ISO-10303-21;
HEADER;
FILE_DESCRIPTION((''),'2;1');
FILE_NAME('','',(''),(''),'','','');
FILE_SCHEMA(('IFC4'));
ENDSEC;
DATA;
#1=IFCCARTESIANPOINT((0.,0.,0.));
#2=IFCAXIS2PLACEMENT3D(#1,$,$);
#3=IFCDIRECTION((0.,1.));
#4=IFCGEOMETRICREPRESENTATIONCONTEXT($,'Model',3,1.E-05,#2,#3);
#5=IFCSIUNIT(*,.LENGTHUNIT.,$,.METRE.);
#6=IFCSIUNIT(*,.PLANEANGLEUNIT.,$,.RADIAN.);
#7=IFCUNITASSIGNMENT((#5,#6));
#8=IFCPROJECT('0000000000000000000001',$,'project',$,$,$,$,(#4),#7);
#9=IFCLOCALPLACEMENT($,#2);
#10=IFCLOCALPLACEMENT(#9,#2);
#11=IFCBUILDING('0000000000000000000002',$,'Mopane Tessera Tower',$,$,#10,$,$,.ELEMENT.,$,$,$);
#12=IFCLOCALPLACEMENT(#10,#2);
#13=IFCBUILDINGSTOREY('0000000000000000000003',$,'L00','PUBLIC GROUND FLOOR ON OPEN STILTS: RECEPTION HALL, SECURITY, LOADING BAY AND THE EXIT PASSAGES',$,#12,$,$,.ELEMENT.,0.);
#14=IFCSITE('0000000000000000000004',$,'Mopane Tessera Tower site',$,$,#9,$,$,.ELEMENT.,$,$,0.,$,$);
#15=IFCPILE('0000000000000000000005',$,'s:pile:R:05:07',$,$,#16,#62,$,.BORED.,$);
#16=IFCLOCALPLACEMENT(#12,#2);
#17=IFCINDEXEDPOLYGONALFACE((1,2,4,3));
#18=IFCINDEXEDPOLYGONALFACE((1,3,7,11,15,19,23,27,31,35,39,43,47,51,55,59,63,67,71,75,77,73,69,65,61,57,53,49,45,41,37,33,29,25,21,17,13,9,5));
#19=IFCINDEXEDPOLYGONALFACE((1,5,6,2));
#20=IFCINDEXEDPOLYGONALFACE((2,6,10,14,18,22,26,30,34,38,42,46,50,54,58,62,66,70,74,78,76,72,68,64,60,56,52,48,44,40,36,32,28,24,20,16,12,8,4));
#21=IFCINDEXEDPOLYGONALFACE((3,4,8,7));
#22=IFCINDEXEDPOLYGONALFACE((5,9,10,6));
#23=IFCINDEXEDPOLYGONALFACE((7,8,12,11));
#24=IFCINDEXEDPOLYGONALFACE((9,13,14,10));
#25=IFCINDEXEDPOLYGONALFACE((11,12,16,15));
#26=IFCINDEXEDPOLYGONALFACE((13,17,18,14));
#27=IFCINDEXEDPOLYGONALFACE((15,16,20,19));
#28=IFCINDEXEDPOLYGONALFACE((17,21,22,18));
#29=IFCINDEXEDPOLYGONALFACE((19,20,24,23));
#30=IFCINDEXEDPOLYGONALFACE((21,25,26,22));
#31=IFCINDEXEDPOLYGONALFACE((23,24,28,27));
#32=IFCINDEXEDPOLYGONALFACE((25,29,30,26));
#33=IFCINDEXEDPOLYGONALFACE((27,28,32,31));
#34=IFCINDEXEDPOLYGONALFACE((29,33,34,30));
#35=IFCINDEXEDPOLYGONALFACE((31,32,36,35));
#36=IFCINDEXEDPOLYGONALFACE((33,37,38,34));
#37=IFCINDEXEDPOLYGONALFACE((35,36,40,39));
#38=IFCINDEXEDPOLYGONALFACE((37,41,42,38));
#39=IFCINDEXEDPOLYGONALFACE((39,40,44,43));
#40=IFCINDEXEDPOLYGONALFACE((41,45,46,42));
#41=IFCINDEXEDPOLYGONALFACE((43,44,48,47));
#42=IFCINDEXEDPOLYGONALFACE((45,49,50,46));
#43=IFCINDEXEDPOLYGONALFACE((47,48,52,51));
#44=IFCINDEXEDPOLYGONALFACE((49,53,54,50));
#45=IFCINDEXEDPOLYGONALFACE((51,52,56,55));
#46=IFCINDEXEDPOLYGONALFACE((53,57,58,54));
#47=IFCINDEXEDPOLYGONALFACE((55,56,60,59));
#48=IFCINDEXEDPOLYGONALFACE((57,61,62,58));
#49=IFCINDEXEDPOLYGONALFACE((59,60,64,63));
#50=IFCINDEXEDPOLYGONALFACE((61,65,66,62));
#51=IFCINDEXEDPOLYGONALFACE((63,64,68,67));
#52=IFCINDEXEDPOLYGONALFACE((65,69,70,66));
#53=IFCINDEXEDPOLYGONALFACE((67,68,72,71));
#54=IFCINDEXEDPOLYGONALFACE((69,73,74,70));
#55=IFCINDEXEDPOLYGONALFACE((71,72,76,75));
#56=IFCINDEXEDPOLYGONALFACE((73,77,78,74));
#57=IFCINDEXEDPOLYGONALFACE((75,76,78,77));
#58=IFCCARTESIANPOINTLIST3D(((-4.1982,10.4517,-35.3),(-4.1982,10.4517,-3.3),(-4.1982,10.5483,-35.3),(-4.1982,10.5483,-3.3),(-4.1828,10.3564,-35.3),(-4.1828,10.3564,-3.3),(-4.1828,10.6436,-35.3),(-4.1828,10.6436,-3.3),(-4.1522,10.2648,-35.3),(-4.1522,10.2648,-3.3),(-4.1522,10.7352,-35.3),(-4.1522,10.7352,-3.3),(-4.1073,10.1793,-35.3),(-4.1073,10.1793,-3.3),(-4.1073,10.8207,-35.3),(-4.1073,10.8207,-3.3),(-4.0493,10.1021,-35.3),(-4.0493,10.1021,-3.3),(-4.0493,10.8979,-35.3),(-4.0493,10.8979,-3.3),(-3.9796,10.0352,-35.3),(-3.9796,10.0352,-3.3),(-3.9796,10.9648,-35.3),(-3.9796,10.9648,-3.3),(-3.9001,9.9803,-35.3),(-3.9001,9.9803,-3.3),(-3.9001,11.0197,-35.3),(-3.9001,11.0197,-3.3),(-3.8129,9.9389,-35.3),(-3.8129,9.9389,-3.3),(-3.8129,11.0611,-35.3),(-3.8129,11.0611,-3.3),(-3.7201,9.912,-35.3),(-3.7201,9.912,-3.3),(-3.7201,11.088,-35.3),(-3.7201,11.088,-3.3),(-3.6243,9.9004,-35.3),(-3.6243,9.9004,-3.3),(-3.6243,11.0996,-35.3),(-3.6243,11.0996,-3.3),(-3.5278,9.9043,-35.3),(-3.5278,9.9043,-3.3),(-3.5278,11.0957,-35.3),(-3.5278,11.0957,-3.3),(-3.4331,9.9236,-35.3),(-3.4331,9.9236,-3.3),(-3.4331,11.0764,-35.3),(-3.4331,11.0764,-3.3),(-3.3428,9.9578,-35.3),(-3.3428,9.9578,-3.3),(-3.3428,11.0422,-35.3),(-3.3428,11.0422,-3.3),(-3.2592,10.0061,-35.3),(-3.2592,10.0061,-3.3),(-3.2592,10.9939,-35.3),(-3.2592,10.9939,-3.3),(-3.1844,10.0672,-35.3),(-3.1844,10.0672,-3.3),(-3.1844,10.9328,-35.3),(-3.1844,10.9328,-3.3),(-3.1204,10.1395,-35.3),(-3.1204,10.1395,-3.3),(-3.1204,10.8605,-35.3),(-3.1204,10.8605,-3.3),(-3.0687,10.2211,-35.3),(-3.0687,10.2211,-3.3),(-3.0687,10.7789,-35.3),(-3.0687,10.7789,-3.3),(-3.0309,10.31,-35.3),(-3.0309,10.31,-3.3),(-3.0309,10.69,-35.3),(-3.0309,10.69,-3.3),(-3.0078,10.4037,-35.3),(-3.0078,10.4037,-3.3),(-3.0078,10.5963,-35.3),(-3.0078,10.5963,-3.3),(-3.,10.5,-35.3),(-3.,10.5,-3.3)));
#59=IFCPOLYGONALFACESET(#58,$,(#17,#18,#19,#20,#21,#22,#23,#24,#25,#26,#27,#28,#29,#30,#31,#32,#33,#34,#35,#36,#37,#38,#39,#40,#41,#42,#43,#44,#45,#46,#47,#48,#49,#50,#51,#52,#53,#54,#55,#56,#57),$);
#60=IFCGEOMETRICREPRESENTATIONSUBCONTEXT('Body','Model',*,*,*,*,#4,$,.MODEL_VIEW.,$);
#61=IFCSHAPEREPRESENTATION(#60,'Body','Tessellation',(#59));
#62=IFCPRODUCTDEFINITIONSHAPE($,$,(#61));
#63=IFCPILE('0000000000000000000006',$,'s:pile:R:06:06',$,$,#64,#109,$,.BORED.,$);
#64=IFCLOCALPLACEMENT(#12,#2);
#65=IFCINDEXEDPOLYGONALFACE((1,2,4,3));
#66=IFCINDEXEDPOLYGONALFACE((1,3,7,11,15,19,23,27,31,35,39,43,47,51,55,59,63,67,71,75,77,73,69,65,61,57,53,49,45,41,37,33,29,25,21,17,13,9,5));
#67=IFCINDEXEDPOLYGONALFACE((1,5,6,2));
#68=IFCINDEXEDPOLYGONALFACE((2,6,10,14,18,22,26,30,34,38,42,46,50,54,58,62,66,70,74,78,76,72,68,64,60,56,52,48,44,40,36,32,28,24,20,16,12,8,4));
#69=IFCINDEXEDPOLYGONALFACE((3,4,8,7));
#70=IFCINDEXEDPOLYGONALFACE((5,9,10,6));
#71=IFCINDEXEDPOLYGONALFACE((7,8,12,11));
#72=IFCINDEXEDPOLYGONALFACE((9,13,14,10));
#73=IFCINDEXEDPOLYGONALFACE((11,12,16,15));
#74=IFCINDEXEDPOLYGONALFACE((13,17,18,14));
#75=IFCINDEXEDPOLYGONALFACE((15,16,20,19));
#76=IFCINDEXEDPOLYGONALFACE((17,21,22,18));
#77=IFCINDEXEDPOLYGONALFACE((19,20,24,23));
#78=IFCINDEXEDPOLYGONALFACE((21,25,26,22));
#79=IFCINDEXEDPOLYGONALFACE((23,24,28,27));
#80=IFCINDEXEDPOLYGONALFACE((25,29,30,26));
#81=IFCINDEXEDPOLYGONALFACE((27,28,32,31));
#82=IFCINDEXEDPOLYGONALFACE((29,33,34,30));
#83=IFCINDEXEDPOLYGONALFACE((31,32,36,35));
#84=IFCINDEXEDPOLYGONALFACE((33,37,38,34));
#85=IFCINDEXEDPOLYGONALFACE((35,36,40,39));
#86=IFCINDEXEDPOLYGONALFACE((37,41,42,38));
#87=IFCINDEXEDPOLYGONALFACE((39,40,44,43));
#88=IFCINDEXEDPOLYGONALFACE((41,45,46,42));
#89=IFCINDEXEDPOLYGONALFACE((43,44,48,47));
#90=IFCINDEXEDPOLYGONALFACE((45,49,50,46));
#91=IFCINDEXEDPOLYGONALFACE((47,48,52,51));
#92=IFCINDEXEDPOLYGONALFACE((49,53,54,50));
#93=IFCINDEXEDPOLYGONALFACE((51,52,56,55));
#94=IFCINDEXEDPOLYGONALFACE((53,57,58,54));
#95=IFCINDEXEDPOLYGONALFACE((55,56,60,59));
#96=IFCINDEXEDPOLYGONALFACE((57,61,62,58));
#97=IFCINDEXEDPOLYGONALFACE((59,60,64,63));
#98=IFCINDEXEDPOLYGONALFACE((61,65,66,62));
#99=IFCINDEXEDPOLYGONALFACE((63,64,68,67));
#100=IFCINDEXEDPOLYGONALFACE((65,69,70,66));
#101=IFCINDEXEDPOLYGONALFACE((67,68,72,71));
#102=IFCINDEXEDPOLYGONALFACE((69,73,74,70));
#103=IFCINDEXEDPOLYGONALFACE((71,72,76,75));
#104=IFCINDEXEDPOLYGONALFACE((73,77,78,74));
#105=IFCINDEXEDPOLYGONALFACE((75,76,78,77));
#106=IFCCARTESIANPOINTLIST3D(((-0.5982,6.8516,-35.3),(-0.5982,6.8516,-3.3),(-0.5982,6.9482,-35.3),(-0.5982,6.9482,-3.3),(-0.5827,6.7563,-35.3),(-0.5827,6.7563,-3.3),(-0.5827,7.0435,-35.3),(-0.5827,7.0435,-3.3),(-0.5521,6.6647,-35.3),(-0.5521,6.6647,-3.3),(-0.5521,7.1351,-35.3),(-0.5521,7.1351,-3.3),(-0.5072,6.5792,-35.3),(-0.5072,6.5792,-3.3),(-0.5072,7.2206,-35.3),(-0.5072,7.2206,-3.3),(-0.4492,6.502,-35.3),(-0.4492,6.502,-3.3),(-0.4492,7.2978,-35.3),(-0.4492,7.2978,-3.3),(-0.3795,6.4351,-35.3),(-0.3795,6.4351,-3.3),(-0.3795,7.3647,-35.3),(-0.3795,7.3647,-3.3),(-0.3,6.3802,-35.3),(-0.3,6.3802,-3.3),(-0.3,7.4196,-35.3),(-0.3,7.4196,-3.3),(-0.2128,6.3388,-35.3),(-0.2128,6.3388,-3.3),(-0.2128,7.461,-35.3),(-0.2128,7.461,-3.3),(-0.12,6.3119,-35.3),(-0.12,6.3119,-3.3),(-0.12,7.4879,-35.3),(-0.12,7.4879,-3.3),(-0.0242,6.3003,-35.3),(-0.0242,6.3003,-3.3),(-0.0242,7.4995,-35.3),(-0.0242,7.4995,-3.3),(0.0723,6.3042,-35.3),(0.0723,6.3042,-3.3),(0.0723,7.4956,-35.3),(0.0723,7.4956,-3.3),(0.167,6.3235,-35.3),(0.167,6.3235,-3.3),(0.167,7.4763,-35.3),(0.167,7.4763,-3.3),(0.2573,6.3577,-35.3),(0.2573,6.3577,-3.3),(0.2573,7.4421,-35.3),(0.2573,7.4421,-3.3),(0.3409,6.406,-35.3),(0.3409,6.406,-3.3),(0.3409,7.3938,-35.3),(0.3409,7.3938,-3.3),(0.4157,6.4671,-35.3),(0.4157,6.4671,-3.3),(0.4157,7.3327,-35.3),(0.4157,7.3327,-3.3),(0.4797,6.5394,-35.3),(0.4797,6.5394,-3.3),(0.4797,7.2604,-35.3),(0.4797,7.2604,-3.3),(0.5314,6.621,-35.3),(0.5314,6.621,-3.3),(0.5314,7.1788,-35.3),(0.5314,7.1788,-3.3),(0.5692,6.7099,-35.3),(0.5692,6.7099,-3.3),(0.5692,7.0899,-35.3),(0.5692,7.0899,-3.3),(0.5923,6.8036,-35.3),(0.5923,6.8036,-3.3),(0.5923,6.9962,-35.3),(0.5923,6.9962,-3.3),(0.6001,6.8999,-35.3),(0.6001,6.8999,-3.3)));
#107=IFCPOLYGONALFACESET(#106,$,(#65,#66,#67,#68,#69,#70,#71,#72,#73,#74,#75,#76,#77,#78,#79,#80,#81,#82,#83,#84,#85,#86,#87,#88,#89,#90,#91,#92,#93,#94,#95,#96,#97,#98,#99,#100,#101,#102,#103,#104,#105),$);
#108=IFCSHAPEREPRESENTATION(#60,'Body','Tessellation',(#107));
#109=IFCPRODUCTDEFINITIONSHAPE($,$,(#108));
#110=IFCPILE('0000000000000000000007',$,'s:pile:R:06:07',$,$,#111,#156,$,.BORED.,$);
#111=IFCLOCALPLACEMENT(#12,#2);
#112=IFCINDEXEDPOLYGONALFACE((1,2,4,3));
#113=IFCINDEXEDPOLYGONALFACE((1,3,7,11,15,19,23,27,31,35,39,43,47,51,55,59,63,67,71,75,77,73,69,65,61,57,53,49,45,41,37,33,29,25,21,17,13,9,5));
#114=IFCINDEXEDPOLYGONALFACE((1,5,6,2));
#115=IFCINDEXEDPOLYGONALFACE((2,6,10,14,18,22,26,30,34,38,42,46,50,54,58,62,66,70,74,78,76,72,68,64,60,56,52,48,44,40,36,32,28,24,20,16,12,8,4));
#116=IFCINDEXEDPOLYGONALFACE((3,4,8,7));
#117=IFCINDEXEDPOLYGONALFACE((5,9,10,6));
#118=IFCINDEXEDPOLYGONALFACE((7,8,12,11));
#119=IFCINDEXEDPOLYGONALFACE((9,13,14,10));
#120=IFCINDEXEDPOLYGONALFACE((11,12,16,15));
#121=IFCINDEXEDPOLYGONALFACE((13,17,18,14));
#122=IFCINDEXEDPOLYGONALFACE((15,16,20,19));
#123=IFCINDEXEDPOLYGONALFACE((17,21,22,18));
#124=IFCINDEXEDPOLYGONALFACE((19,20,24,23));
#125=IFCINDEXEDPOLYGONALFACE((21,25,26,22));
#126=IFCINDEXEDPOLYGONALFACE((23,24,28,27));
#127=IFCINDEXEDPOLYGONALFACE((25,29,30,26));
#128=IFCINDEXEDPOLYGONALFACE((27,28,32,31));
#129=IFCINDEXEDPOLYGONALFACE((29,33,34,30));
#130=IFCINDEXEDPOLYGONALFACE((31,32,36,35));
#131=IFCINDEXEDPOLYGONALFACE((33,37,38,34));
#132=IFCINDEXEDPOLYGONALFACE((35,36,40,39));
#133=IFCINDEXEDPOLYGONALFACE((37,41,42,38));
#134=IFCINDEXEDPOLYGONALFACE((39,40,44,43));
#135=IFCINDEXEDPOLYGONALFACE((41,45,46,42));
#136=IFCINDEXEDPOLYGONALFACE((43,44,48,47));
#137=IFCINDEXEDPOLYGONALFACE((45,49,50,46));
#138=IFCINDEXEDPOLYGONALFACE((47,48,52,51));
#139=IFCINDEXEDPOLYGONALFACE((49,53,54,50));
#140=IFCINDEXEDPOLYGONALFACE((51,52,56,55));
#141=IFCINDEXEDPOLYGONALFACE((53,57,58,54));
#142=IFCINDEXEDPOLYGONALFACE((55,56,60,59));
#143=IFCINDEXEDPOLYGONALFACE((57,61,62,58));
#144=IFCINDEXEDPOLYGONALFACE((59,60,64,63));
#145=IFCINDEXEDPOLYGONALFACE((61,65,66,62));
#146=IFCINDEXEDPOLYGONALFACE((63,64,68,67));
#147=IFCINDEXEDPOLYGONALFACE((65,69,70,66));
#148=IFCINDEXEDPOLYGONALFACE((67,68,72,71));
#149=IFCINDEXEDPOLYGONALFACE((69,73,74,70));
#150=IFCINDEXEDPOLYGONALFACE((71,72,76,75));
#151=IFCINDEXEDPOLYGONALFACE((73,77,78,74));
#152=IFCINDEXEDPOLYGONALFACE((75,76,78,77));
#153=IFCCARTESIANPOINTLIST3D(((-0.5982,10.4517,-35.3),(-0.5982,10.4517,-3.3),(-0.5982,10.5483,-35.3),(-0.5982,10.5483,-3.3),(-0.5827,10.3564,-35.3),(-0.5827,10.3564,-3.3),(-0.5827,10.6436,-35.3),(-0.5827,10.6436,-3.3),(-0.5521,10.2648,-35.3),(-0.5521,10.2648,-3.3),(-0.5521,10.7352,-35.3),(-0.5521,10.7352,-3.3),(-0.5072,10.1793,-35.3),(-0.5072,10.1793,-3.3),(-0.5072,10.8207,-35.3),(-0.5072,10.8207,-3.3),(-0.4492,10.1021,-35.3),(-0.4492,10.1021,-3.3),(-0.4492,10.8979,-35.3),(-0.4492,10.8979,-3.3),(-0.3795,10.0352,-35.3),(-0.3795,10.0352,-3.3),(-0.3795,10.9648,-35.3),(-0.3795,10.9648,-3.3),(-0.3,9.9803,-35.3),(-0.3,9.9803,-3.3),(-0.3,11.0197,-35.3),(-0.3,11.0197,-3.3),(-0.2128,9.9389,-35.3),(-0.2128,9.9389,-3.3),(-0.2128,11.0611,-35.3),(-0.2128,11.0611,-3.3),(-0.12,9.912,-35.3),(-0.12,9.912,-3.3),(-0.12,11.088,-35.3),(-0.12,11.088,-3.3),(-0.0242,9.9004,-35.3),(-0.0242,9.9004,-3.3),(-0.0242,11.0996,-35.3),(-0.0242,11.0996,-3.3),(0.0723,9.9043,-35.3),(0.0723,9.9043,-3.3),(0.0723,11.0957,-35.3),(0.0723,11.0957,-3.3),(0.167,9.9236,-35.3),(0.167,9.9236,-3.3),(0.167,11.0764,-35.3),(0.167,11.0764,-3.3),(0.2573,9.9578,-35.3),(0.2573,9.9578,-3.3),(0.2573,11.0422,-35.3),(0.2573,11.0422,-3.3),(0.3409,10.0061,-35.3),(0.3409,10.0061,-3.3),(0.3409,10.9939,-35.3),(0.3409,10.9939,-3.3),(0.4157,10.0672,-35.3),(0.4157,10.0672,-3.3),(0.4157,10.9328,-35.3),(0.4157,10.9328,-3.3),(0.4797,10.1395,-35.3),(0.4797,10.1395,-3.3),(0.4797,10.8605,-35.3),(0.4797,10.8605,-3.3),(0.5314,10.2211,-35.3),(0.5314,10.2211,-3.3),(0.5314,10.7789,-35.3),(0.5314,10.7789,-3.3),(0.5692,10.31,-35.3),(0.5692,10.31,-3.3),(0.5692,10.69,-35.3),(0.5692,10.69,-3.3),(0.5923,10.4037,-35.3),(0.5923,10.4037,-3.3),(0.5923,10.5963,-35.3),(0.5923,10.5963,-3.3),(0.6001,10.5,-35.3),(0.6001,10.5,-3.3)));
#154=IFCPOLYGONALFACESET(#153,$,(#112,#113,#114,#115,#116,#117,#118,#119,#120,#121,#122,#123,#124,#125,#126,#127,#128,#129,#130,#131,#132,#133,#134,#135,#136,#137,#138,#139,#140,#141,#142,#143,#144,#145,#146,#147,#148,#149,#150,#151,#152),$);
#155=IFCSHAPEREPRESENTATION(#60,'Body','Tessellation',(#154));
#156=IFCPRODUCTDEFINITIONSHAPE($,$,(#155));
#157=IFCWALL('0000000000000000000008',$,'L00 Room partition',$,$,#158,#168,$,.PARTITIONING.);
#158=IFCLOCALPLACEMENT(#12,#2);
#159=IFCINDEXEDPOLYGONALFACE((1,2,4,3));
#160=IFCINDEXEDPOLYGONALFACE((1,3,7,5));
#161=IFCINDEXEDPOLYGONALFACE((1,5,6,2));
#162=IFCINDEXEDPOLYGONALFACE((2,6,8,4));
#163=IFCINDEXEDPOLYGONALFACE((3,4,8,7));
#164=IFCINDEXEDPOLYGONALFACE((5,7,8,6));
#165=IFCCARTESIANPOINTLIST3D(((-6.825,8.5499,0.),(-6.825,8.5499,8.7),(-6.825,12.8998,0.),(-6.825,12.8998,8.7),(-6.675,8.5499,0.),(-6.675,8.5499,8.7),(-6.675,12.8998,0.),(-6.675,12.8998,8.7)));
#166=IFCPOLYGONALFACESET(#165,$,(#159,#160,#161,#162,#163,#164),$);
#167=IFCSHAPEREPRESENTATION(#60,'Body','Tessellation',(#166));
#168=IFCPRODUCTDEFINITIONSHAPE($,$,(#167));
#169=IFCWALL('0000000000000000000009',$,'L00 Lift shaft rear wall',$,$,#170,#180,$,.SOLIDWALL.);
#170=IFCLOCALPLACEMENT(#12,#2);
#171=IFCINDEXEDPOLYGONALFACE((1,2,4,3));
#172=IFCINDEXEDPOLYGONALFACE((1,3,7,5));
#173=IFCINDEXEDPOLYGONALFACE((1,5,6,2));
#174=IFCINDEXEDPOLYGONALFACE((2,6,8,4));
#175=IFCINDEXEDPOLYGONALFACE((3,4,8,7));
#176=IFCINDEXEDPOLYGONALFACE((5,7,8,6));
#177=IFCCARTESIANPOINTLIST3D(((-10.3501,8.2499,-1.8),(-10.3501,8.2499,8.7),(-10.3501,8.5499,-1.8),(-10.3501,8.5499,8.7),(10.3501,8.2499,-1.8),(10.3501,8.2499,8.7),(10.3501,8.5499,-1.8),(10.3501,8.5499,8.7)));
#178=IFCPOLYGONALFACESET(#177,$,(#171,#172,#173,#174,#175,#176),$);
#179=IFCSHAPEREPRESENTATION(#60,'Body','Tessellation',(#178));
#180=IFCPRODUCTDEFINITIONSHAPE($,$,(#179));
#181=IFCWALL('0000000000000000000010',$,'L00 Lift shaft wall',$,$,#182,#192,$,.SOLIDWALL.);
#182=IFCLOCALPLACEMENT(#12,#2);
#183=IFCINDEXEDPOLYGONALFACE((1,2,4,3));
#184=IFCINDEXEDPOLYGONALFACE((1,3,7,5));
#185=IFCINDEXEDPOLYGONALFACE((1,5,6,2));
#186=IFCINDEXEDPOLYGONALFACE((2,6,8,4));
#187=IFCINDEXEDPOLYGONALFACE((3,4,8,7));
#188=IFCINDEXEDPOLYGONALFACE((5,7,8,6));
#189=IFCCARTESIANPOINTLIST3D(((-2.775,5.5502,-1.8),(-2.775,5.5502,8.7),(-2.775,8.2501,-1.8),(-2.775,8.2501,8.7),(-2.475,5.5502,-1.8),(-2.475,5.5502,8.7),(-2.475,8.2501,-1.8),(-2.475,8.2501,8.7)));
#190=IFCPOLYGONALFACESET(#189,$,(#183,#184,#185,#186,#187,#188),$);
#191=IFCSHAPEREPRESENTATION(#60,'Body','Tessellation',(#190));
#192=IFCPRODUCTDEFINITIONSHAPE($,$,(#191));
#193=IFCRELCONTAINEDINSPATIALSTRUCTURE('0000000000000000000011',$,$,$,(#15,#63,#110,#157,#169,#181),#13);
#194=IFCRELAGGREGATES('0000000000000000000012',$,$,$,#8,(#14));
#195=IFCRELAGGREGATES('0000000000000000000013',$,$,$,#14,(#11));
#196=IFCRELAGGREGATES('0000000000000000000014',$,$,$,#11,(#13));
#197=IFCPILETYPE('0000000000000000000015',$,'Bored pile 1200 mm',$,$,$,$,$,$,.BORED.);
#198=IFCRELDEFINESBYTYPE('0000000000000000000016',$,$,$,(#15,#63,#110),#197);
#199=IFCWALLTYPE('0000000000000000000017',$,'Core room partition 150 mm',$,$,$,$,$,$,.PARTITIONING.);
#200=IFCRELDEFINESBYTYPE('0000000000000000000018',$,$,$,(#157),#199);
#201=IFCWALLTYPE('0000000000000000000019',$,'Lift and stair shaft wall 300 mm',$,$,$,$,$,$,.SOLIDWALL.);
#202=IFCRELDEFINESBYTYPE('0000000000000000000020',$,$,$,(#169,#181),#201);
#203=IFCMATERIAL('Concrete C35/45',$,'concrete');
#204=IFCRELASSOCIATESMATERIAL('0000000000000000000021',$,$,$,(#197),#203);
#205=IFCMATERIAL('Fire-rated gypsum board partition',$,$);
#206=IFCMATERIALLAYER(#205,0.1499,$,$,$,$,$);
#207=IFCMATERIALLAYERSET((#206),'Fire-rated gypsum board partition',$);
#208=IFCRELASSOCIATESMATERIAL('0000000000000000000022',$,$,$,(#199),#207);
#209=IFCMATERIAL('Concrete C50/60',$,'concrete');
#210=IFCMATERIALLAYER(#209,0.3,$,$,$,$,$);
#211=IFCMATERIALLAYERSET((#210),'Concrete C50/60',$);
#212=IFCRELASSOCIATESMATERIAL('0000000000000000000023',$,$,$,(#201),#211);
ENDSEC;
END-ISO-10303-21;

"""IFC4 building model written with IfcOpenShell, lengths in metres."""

from ifc_helpers import new_model, si_unit, direction, frame, frame_2d, origin, origin_2d, place, context, subcontext, project, spatial, rectangle, circle, extrude, material, layer, layer_set, material_profile, profile_set, type_object, element, save


model = new_model("IFC4")

# Units and contexts
model_context = context("Model", 3, precision=1e-05, world=origin(), true_north=direction((0.0, 1.0)))
body_context = subcontext(model_context, "Body", "Model", "MODEL_VIEW")
ifc_project = project(units=[si_unit("LENGTHUNIT", "METRE"), si_unit("PLANEANGLEUNIT", "RADIAN")], contexts=[model_context])

# Site, building, storey
site_placement = place(None, origin())
site = spatial("IfcSite", under=ifc_project, at=site_placement, Name="Mopane Tessera Tower site", CompositionType="ELEMENT", RefElevation=0.0)
building_placement = place(site_placement, origin())
building = spatial("IfcBuilding", under=site, at=building_placement, Name="Mopane Tessera Tower", CompositionType="ELEMENT")
storey_placement = place(building_placement, origin())
storey = spatial("IfcBuildingStorey", under=building, at=storey_placement, Name="L00", Description="PUBLIC GROUND FLOOR ON OPEN STILTS: RECEPTION HALL, SECURITY, LOADING BAY AND THE EXIT PASSAGES", CompositionType="ELEMENT", Elevation=0.0)

# Piles
ifc_material_1 = material(Name="Concrete C35/45", Category="concrete")
ifc_material_profile = material_profile(ifc_material_1, circle(Radius=0.6001, at=origin_2d()))
ifc_profile_set = profile_set([ifc_material_profile], Name="Concrete C35/45")
pile_type = type_object("IfcPileType", Name="Bored pile 1200 mm", PredefinedType="BORED", material=ifc_profile_set)
for number, where, z_axis, x_axis, name in (
    (1, (-3.6001, 10.5, -3.3), (0.0, 0.0, -1.0), (1.0, 0.0, 0.0), "s:pile:R:05:07"),
    (2, (0.0, 6.8999, -3.3), (0.0, 0.0, -1.0), (1.0, 0.0, 0.0), "s:pile:R:06:06"),
    (3, (0.0, 10.5, -3.3), (0.0, 0.0, -1.0), (1.0, 0.0, 0.0), "s:pile:R:06:07"),
):
    element("IfcPile", number, at=place(storey_placement, frame(where, z_axis=z_axis, x_axis=x_axis)), inside=storey, type_object=pile_type, Name=name, PredefinedType="BORED", context=body_context, shape_type="SweptSolid", body=[
        extrude(circle(Radius=0.6001, at=origin_2d()), origin(), (0.0, 0.0, 1.0), 32.0),
    ])

# Walls
ifc_material_2 = material(Name="Fire-rated gypsum board partition")
ifc_layer_1 = layer(ifc_material_2, 0.1499)
ifc_layer_set_1 = layer_set([ifc_layer_1], Name="Fire-rated gypsum board partition")
wall_type_1 = type_object("IfcWallType", Name="Core room partition 150 mm", PredefinedType="PARTITIONING", material=ifc_layer_set_1)
wall_1_placement = place(storey_placement, frame((-6.75, 8.55, 0.0), z_axis=(0.0, 0.0, 1.0), x_axis=(0.0, 1.0, 0.0)))
element("IfcWall", 4, at=wall_1_placement, inside=storey, type_object=wall_type_1, Name="L00 Room partition", PredefinedType="PARTITIONING", context=body_context, shape_type="SweptSolid", body=[
    extrude(rectangle(XDim=4.3499, YDim=0.1499, at=frame_2d((2.1748, 0.0))), origin(), (0.0, 0.0, 1.0), 8.7),
])
ifc_material_3 = material(Name="Concrete C50/60", Category="concrete")
ifc_layer_2 = layer(ifc_material_3, 0.3)
ifc_layer_set_2 = layer_set([ifc_layer_2], Name="Concrete C50/60")
wall_type_2 = type_object("IfcWallType", Name="Lift and stair shaft wall 300 mm", PredefinedType="SOLIDWALL", material=ifc_layer_set_2)
wall_2_placement = place(storey_placement, frame((-10.3501, 8.3999, -1.8), z_axis=(0.0, 0.0, 1.0), x_axis=(1.0, 0.0, 0.0)))
element("IfcWall", 5, at=wall_2_placement, inside=storey, type_object=wall_type_2, Name="L00 Lift shaft rear wall", PredefinedType="SOLIDWALL", context=body_context, shape_type="SweptSolid", body=[
    extrude(rectangle(XDim=20.7002, YDim=0.3, at=frame_2d((10.3501, 0.0))), origin(), (0.0, 0.0, 1.0), 10.5),
])
wall_3_placement = place(storey_placement, frame((-2.625, 5.55, -1.8), z_axis=(0.0, 0.0, 1.0), x_axis=(0.0, 1.0, 0.0)))
element("IfcWall", 6, at=wall_3_placement, inside=storey, type_object=wall_type_2, Name="L00 Lift shaft wall", PredefinedType="SOLIDWALL", context=body_context, shape_type="SweptSolid", body=[
    extrude(rectangle(XDim=2.7, YDim=0.3, at=frame_2d((1.3501, 0.0))), origin(), (0.0, 0.0, 1.0), 10.5),
])

save(model, "model.ifc")
